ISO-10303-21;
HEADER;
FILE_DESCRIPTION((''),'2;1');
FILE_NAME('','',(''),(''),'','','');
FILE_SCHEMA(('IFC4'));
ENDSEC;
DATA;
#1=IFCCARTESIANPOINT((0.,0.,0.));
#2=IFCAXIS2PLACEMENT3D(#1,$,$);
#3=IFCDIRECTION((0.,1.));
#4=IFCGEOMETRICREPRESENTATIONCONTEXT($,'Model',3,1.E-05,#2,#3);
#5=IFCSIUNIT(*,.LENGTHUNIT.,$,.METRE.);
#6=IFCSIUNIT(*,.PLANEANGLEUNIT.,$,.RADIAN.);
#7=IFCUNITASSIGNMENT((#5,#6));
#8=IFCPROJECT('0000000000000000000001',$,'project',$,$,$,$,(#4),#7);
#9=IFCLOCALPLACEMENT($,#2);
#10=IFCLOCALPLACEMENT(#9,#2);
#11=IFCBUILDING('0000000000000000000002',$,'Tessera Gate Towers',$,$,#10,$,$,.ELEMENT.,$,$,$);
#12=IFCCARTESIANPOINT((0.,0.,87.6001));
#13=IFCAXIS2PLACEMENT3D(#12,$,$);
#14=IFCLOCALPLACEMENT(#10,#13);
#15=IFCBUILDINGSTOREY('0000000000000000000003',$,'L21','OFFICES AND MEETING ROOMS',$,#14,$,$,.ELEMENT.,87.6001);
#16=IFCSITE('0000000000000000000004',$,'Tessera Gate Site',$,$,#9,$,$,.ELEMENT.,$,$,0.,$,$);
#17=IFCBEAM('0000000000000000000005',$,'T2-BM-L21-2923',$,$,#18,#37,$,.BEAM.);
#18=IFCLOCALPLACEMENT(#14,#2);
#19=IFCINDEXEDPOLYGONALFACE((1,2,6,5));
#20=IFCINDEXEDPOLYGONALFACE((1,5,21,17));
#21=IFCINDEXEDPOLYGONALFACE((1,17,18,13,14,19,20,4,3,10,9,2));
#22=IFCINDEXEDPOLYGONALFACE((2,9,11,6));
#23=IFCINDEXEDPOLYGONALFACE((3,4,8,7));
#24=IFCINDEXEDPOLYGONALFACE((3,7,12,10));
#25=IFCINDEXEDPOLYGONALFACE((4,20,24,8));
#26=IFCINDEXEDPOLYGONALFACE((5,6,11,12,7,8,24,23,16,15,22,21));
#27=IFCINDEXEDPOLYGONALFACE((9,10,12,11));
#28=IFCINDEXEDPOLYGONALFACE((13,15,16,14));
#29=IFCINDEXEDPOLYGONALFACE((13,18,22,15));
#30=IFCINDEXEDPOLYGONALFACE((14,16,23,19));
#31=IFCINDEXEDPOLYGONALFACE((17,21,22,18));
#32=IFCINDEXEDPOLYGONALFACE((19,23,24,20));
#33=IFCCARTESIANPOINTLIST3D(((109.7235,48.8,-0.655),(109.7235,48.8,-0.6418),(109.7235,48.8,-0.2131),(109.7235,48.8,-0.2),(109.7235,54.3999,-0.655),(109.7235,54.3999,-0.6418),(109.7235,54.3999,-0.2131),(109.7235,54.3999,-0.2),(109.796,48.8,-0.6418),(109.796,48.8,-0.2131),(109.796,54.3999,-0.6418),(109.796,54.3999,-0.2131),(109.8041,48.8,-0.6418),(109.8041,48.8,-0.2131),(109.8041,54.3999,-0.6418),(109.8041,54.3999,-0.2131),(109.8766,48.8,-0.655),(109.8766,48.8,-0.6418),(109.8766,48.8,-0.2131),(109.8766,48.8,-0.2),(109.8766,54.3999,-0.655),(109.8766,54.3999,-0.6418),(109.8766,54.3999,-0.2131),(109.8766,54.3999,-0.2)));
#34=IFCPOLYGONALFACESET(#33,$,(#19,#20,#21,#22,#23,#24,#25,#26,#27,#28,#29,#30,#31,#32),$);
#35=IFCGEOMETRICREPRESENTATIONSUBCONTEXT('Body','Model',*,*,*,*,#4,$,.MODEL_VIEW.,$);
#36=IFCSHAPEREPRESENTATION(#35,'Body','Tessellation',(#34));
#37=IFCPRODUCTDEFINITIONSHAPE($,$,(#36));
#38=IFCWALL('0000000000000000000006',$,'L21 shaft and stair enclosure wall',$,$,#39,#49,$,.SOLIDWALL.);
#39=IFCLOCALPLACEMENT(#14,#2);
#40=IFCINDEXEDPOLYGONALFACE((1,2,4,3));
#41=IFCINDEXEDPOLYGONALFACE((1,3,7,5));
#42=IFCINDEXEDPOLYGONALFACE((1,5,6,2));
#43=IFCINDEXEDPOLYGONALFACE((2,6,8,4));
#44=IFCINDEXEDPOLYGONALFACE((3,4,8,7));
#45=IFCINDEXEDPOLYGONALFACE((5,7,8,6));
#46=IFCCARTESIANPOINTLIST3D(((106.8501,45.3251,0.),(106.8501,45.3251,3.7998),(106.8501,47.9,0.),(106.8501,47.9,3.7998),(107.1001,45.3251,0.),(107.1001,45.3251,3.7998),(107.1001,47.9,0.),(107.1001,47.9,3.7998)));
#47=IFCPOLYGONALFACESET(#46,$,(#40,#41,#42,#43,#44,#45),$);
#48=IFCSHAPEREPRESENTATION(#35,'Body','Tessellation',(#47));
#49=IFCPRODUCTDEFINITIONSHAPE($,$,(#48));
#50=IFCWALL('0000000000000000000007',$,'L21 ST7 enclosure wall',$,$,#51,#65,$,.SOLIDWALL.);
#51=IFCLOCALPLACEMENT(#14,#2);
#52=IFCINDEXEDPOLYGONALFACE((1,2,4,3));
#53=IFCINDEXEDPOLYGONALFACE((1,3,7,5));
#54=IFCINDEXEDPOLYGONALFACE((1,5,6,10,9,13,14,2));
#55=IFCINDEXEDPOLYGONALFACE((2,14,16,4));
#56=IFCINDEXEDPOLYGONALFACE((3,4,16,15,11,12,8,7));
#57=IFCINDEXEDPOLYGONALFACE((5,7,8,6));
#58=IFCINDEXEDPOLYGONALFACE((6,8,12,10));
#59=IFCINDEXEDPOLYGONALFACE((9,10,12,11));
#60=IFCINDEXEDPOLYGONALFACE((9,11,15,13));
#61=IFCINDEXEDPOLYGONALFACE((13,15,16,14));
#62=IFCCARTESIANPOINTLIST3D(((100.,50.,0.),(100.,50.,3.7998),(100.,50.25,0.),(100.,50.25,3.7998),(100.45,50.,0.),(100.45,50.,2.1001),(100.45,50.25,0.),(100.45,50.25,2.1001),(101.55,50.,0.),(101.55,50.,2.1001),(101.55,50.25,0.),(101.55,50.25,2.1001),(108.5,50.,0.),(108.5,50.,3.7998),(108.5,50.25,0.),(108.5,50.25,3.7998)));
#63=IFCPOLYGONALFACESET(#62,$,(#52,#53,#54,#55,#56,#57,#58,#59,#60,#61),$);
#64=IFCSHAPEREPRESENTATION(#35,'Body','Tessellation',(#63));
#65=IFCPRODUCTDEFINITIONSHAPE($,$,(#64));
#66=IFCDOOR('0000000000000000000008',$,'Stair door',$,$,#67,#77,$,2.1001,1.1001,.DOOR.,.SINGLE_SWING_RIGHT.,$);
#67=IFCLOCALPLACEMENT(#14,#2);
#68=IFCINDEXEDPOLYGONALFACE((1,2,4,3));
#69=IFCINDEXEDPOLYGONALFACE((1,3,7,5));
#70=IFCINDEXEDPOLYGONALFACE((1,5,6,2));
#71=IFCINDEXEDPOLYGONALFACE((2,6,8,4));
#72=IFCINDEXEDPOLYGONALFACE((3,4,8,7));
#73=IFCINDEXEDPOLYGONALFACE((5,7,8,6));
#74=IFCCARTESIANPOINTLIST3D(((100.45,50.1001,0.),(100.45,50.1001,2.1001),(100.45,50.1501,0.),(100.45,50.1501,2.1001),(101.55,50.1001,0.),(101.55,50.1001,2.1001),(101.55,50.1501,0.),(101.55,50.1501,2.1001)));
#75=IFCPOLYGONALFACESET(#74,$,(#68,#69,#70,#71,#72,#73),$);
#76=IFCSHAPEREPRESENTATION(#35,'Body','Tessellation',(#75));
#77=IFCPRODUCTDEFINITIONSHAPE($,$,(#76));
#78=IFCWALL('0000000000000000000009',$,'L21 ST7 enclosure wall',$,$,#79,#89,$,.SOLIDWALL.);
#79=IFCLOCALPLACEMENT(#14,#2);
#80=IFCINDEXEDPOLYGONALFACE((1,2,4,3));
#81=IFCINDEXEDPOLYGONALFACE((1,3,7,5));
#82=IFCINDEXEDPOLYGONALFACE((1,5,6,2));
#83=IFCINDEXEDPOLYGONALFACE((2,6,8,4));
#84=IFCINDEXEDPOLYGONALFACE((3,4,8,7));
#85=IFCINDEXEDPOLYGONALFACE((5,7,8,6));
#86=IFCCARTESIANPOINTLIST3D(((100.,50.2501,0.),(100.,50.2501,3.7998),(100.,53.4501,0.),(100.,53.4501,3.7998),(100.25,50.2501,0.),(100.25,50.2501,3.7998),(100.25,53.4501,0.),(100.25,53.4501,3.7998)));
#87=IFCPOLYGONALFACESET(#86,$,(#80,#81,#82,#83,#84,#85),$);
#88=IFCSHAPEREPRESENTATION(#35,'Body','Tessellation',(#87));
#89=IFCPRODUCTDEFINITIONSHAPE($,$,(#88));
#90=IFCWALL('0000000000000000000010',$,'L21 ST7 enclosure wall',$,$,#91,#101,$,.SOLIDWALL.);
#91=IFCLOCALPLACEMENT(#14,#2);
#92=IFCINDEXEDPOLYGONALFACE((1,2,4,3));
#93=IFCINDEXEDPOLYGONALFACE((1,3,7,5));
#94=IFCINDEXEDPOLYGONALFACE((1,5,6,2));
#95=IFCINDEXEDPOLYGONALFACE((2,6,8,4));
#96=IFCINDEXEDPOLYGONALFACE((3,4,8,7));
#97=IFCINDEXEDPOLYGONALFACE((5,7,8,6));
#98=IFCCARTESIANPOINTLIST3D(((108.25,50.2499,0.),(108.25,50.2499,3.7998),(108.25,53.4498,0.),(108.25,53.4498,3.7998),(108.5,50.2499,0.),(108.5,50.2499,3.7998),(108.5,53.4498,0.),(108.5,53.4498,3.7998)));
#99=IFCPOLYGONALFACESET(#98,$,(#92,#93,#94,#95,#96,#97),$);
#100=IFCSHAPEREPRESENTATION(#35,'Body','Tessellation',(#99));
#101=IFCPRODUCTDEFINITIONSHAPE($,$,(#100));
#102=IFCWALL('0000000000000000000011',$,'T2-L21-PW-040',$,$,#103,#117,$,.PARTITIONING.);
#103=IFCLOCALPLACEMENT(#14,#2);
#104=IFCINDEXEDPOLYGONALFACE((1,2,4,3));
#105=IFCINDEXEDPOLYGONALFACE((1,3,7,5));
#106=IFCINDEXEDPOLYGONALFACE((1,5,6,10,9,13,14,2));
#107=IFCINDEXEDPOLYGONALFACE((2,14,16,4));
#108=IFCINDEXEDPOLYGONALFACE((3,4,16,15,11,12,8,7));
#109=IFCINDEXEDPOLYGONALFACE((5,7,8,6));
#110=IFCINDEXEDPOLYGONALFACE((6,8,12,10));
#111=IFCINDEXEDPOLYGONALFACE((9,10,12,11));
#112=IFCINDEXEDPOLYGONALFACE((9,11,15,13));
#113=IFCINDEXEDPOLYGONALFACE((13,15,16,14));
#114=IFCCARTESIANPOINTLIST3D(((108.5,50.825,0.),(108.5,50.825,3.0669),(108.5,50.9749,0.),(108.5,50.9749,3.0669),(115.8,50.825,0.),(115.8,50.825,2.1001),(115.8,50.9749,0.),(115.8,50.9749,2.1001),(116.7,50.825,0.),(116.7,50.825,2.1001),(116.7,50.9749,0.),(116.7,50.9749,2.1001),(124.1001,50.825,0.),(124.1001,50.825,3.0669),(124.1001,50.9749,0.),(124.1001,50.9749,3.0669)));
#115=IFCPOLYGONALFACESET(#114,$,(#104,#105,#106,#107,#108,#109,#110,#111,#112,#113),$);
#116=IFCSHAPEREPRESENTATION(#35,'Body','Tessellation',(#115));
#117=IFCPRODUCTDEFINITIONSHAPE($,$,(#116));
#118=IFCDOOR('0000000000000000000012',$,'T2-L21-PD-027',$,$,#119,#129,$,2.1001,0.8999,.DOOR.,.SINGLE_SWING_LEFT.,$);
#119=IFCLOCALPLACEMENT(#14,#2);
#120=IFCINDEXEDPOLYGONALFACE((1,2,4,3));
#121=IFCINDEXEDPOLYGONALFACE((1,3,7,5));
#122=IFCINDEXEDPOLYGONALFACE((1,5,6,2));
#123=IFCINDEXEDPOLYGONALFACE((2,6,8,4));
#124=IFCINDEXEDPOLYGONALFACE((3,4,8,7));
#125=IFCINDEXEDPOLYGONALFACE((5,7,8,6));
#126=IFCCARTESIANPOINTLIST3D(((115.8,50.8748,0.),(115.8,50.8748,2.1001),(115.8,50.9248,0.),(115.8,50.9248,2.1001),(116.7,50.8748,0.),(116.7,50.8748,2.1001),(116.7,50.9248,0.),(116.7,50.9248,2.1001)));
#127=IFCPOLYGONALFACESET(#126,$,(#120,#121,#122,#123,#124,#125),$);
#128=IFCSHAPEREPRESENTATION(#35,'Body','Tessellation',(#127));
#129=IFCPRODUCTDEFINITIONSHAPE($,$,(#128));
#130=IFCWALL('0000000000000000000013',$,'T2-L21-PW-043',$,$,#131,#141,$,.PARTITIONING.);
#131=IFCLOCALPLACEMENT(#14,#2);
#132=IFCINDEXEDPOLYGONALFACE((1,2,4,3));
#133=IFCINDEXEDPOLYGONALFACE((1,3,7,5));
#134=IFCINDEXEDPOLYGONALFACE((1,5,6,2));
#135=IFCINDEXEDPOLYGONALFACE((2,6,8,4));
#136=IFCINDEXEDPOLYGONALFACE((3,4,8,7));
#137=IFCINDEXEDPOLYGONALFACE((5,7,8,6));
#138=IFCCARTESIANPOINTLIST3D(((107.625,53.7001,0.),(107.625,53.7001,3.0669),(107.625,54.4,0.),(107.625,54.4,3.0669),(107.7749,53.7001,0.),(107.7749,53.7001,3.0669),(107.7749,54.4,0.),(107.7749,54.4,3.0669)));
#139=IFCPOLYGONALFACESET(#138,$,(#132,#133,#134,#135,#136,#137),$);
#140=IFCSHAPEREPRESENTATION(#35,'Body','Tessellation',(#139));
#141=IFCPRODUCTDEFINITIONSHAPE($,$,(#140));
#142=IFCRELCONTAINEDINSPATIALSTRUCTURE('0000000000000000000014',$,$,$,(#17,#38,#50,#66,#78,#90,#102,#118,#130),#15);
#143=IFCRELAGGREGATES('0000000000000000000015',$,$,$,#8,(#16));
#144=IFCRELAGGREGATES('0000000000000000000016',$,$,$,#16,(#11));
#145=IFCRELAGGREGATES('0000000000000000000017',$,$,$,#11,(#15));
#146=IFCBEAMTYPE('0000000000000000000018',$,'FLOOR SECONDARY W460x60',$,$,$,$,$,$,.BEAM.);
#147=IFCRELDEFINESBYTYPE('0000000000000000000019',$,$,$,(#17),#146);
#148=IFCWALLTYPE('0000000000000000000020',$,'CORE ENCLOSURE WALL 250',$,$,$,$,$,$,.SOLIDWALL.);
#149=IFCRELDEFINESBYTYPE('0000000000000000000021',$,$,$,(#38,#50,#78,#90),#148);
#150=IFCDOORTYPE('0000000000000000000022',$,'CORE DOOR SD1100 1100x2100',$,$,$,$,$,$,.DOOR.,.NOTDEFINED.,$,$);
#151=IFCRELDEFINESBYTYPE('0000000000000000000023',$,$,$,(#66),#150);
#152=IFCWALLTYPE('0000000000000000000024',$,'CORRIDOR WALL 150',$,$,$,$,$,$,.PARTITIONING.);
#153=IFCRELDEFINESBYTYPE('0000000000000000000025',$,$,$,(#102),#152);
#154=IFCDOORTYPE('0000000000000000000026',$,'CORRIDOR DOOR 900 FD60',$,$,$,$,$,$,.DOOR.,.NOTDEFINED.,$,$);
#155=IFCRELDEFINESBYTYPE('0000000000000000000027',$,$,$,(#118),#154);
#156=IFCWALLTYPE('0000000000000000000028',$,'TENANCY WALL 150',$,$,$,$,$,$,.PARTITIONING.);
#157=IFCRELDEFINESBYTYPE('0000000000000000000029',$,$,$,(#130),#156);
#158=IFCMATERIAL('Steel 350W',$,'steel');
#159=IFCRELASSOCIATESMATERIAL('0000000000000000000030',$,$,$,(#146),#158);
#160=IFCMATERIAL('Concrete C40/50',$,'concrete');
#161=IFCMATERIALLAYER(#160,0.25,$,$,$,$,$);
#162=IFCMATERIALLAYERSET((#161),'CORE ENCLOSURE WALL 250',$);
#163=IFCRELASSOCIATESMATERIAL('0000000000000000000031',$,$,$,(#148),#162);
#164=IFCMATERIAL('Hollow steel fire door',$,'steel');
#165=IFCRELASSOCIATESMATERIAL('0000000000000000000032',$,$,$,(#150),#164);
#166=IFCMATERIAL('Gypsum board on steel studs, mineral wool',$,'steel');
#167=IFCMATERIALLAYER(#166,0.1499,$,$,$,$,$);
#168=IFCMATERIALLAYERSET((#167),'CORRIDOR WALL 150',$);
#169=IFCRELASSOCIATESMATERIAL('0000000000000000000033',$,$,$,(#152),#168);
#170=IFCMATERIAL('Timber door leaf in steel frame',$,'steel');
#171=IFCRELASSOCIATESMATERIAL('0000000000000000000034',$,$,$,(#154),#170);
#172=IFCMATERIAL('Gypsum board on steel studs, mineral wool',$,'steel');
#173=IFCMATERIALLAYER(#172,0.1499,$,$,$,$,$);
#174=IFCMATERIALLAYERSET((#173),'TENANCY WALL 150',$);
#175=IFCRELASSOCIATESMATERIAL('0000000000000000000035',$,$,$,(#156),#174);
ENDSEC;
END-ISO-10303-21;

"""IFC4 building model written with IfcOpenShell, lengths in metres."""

from ifc_helpers import new_model, si_unit, direction, frame, frame_2d, origin, origin_2d, place, context, subcontext, project, spatial, rectangle, i_section, extrude, source, transform, mapped, material, layer, layer_set, material_profile, profile_set, type_object, element, fill, save


model = new_model("IFC4")

# Units and contexts
model_context = context("Model", 3, precision=1e-05, world=origin(), true_north=direction((0.0, 1.0)))
body_context = subcontext(model_context, "Body", "Model", "MODEL_VIEW")
ifc_project = project(units=[si_unit("LENGTHUNIT", "METRE"), si_unit("PLANEANGLEUNIT", "RADIAN")], contexts=[model_context])

# Site, building, storey
site_placement = place(None, origin())
site = spatial("IfcSite", under=ifc_project, at=site_placement, Name="Tessera Gate Site", CompositionType="ELEMENT", RefElevation=0.0)
building_placement = place(site_placement, origin())
building = spatial("IfcBuilding", under=site, at=building_placement, Name="Tessera Gate Towers", CompositionType="ELEMENT")
storey_placement = place(building_placement, frame((0.0, 0.0, 87.6001)))
storey = spatial("IfcBuildingStorey", under=building, at=storey_placement, Name="L21", Description="OFFICES AND MEETING ROOMS", CompositionType="ELEMENT", Elevation=87.6001)

# Beam
ifc_material_1 = material(Name="Steel 350W", Category="steel")
ifc_material_profile = material_profile(ifc_material_1, i_section(OverallWidth=0.1531, OverallDepth=0.4551, WebThickness=0.0081, FlangeThickness=0.0132, at=origin_2d()), Name="W460x60")
ifc_profile_set = profile_set([ifc_material_profile], Name="Steel 350W")
beam_type = type_object("IfcBeamType", Name="FLOOR SECONDARY W460x60", PredefinedType="BEAM", material=ifc_profile_set)
beam_placement = place(storey_placement, frame((109.8, 48.8, -0.4275), z_axis=(0.0, 1.0, 0.0), x_axis=(-1.0, 0.0, 0.0)))
element("IfcBeam", 1, at=beam_placement, inside=storey, type_object=beam_type, Name="T2-BM-L21-2923", PredefinedType="BEAM", context=body_context, shape_type="SweptSolid", body=[
    extrude(i_section(OverallWidth=0.1531, OverallDepth=0.4551, WebThickness=0.0081, FlangeThickness=0.0132, at=origin_2d()), origin(), (0.0, 0.0, 1.0), 5.5999),
])

# Wall
ifc_material_2 = material(Name="Concrete C40/50", Category="concrete")
ifc_layer_1 = layer(ifc_material_2, 0.25)
ifc_layer_set_1 = layer_set([ifc_layer_1], Name="CORE ENCLOSURE WALL 250")
wall_type_1 = type_object("IfcWallType", Name="CORE ENCLOSURE WALL 250", PredefinedType="SOLIDWALL", material=ifc_layer_set_1)
wall_1_placement = place(storey_placement, frame((106.9751, 45.325, 0.0), z_axis=(0.0, 0.0, 1.0), x_axis=(0.0, 1.0, 0.0)))
element("IfcWall", 2, at=wall_1_placement, inside=storey, type_object=wall_type_1, Name="L21 shaft and stair enclosure wall", PredefinedType="SOLIDWALL", context=body_context, shape_type="SweptSolid", body=[
    extrude(rectangle(XDim=2.575, YDim=0.25, at=frame_2d((1.2876, 0.0))), origin(), (0.0, 0.0, 1.0), 3.7998),
])

# Wall, opening, door
wall_2_placement = place(storey_placement, frame((108.5, 50.125, 0.0), z_axis=(0.0, 0.0, 1.0), x_axis=(-1.0, 0.0, 0.0)))
wall_2 = element("IfcWall", 3, at=wall_2_placement, inside=storey, type_object=wall_type_1, Name="L21 ST7 enclosure wall", PredefinedType="SOLIDWALL", context=body_context, shape_type="SweptSolid", body=[
    extrude(rectangle(XDim=8.5, YDim=0.25, at=frame_2d((4.25, 0.0))), origin(), (0.0, 0.0, 1.0), 3.7998),
])
shared_shape_1 = source(origin(), body_context, "Body", "SweptSolid", [
    extrude(rectangle(XDim=1.1001, YDim=2.1001, at=frame_2d((0.55, 1.05))), frame((0.0, 0.135, 0.0), z_axis=(0.0, -1.0, 0.0), x_axis=(1.0, 0.0, 0.0)), (0.0, 0.0, 1.0), 0.27),
])
opening_1_placement = place(wall_2_placement, frame((6.95, 0.0, 0.0)))
opening_1 = element("IfcOpeningElement", 4, at=opening_1_placement, cuts=wall_2, PredefinedType="OPENING", context=body_context, shape_type="MappedRepresentation", body=[
    mapped(shared_shape_1, transform((0.0, 0.0, 0.0), scale=1.0)),
])
ifc_material_3 = material(Name="Hollow steel fire door", Category="steel")
door_type_1 = type_object("IfcDoorType", Name="CORE DOOR SD1100 1100x2100", OperationType="NOTDEFINED", PredefinedType="DOOR", material=ifc_material_3)
shared_shape_2 = source(origin(), body_context, "Body", "SweptSolid", [
    extrude(rectangle(XDim=1.1001, YDim=2.1001, at=frame_2d((0.55, 1.05))), frame((0.0, 0.0249, 0.0), z_axis=(0.0, -1.0, 0.0), x_axis=(1.0, 0.0, 0.0)), (0.0, 0.0, 1.0), 0.05),
])
door_1_placement = place(opening_1_placement, origin())
door_1 = element("IfcDoor", 5, at=door_1_placement, inside=storey, type_object=door_type_1, Name="Stair door", OperationType="SINGLE_SWING_RIGHT", OverallHeight=2.1001, OverallWidth=1.1001, PredefinedType="DOOR", context=body_context, shape_type="MappedRepresentation", body=[
    mapped(shared_shape_2, transform((0.0, 0.0, 0.0), scale=1.0)),
])
fill(opening_1, door_1)

# Walls
for number, where, z_axis, x_axis, name in (
    (6, (100.125, 50.25, 0.0), (0.0, 0.0, 1.0), (0.0, 1.0, 0.0), "L21 ST7 enclosure wall"),
    (7, (108.375, 53.45, 0.0), (0.0, 0.0, 1.0), (0.0, -1.0, 0.0), "L21 ST7 enclosure wall"),
):
    element("IfcWall", number, at=place(storey_placement, frame(where, z_axis=z_axis, x_axis=x_axis)), inside=storey, type_object=wall_type_1, Name=name, PredefinedType="SOLIDWALL", context=body_context, shape_type="SweptSolid", body=[
        extrude(rectangle(XDim=3.2, YDim=0.25, at=frame_2d((1.6001, 0.0))), origin(), (0.0, 0.0, 1.0), 3.7998),
    ])

# Wall, opening, door
ifc_material_4 = material(Name="Gypsum board on steel studs, mineral wool", Category="steel")
ifc_layer_2 = layer(ifc_material_4, 0.1499)
ifc_layer_set_2 = layer_set([ifc_layer_2], Name="CORRIDOR WALL 150")
wall_type_2 = type_object("IfcWallType", Name="CORRIDOR WALL 150", PredefinedType="PARTITIONING", material=ifc_layer_set_2)
wall_3_placement = place(storey_placement, frame((108.5, 50.8999, 0.0), z_axis=(0.0, 0.0, 1.0), x_axis=(1.0, 0.0, 0.0)))
wall_3 = element("IfcWall", 8, at=wall_3_placement, inside=storey, type_object=wall_type_2, Name="T2-L21-PW-040", PredefinedType="PARTITIONING", context=body_context, shape_type="SweptSolid", body=[
    extrude(rectangle(XDim=15.6001, YDim=0.1499, at=frame_2d((7.8, 0.0))), origin(), (0.0, 0.0, 1.0), 3.0669),
])
shared_shape_3 = source(origin(), body_context, "Body", "SweptSolid", [
    extrude(rectangle(XDim=0.8999, YDim=2.1001, at=frame_2d((0.45, 1.05))), frame((0.0, 0.085, 0.0), z_axis=(0.0, -1.0, 0.0), x_axis=(1.0, 0.0, 0.0)), (0.0, 0.0, 1.0), 0.1699),
])
opening_2_placement = place(wall_3_placement, frame((7.3, 0.0, 0.0)))
opening_2 = element("IfcOpeningElement", 9, at=opening_2_placement, cuts=wall_3, PredefinedType="OPENING", context=body_context, shape_type="MappedRepresentation", body=[
    mapped(shared_shape_3, transform((0.0, 0.0, 0.0), scale=1.0)),
])
ifc_material_5 = material(Name="Timber door leaf in steel frame", Category="steel")
door_type_2 = type_object("IfcDoorType", Name="CORRIDOR DOOR 900 FD60", OperationType="NOTDEFINED", PredefinedType="DOOR", material=ifc_material_5)
shared_shape_4 = source(origin(), body_context, "Body", "SweptSolid", [
    extrude(rectangle(XDim=0.8999, YDim=2.1001, at=frame_2d((0.45, 1.05))), frame((0.0, 0.0249, 0.0), z_axis=(0.0, -1.0, 0.0), x_axis=(1.0, 0.0, 0.0)), (0.0, 0.0, 1.0), 0.05),
])
door_2_placement = place(opening_2_placement, origin())
door_2 = element("IfcDoor", 10, at=door_2_placement, inside=storey, type_object=door_type_2, Name="T2-L21-PD-027", OperationType="SINGLE_SWING_LEFT", OverallHeight=2.1001, OverallWidth=0.8999, PredefinedType="DOOR", context=body_context, shape_type="MappedRepresentation", body=[
    mapped(shared_shape_4, transform((0.0, 0.0, 0.0), scale=1.0)),
])
fill(opening_2, door_2)

# Wall
ifc_material_6 = material(Name="Gypsum board on steel studs, mineral wool", Category="steel")
ifc_layer_3 = layer(ifc_material_6, 0.1499)
ifc_layer_set_3 = layer_set([ifc_layer_3], Name="TENANCY WALL 150")
wall_type_3 = type_object("IfcWallType", Name="TENANCY WALL 150", PredefinedType="PARTITIONING", material=ifc_layer_set_3)
wall_4_placement = place(storey_placement, frame((107.7, 53.7, 0.0), z_axis=(0.0, 0.0, 1.0), x_axis=(0.0, 1.0, 0.0)))
element("IfcWall", 11, at=wall_4_placement, inside=storey, type_object=wall_type_3, Name="T2-L21-PW-043", PredefinedType="PARTITIONING", context=body_context, shape_type="SweptSolid", body=[
    extrude(rectangle(XDim=0.7, YDim=0.1499, at=frame_2d((0.3501, 0.0))), origin(), (0.0, 0.0, 1.0), 3.0669),
])

save(model, "model.ifc")
